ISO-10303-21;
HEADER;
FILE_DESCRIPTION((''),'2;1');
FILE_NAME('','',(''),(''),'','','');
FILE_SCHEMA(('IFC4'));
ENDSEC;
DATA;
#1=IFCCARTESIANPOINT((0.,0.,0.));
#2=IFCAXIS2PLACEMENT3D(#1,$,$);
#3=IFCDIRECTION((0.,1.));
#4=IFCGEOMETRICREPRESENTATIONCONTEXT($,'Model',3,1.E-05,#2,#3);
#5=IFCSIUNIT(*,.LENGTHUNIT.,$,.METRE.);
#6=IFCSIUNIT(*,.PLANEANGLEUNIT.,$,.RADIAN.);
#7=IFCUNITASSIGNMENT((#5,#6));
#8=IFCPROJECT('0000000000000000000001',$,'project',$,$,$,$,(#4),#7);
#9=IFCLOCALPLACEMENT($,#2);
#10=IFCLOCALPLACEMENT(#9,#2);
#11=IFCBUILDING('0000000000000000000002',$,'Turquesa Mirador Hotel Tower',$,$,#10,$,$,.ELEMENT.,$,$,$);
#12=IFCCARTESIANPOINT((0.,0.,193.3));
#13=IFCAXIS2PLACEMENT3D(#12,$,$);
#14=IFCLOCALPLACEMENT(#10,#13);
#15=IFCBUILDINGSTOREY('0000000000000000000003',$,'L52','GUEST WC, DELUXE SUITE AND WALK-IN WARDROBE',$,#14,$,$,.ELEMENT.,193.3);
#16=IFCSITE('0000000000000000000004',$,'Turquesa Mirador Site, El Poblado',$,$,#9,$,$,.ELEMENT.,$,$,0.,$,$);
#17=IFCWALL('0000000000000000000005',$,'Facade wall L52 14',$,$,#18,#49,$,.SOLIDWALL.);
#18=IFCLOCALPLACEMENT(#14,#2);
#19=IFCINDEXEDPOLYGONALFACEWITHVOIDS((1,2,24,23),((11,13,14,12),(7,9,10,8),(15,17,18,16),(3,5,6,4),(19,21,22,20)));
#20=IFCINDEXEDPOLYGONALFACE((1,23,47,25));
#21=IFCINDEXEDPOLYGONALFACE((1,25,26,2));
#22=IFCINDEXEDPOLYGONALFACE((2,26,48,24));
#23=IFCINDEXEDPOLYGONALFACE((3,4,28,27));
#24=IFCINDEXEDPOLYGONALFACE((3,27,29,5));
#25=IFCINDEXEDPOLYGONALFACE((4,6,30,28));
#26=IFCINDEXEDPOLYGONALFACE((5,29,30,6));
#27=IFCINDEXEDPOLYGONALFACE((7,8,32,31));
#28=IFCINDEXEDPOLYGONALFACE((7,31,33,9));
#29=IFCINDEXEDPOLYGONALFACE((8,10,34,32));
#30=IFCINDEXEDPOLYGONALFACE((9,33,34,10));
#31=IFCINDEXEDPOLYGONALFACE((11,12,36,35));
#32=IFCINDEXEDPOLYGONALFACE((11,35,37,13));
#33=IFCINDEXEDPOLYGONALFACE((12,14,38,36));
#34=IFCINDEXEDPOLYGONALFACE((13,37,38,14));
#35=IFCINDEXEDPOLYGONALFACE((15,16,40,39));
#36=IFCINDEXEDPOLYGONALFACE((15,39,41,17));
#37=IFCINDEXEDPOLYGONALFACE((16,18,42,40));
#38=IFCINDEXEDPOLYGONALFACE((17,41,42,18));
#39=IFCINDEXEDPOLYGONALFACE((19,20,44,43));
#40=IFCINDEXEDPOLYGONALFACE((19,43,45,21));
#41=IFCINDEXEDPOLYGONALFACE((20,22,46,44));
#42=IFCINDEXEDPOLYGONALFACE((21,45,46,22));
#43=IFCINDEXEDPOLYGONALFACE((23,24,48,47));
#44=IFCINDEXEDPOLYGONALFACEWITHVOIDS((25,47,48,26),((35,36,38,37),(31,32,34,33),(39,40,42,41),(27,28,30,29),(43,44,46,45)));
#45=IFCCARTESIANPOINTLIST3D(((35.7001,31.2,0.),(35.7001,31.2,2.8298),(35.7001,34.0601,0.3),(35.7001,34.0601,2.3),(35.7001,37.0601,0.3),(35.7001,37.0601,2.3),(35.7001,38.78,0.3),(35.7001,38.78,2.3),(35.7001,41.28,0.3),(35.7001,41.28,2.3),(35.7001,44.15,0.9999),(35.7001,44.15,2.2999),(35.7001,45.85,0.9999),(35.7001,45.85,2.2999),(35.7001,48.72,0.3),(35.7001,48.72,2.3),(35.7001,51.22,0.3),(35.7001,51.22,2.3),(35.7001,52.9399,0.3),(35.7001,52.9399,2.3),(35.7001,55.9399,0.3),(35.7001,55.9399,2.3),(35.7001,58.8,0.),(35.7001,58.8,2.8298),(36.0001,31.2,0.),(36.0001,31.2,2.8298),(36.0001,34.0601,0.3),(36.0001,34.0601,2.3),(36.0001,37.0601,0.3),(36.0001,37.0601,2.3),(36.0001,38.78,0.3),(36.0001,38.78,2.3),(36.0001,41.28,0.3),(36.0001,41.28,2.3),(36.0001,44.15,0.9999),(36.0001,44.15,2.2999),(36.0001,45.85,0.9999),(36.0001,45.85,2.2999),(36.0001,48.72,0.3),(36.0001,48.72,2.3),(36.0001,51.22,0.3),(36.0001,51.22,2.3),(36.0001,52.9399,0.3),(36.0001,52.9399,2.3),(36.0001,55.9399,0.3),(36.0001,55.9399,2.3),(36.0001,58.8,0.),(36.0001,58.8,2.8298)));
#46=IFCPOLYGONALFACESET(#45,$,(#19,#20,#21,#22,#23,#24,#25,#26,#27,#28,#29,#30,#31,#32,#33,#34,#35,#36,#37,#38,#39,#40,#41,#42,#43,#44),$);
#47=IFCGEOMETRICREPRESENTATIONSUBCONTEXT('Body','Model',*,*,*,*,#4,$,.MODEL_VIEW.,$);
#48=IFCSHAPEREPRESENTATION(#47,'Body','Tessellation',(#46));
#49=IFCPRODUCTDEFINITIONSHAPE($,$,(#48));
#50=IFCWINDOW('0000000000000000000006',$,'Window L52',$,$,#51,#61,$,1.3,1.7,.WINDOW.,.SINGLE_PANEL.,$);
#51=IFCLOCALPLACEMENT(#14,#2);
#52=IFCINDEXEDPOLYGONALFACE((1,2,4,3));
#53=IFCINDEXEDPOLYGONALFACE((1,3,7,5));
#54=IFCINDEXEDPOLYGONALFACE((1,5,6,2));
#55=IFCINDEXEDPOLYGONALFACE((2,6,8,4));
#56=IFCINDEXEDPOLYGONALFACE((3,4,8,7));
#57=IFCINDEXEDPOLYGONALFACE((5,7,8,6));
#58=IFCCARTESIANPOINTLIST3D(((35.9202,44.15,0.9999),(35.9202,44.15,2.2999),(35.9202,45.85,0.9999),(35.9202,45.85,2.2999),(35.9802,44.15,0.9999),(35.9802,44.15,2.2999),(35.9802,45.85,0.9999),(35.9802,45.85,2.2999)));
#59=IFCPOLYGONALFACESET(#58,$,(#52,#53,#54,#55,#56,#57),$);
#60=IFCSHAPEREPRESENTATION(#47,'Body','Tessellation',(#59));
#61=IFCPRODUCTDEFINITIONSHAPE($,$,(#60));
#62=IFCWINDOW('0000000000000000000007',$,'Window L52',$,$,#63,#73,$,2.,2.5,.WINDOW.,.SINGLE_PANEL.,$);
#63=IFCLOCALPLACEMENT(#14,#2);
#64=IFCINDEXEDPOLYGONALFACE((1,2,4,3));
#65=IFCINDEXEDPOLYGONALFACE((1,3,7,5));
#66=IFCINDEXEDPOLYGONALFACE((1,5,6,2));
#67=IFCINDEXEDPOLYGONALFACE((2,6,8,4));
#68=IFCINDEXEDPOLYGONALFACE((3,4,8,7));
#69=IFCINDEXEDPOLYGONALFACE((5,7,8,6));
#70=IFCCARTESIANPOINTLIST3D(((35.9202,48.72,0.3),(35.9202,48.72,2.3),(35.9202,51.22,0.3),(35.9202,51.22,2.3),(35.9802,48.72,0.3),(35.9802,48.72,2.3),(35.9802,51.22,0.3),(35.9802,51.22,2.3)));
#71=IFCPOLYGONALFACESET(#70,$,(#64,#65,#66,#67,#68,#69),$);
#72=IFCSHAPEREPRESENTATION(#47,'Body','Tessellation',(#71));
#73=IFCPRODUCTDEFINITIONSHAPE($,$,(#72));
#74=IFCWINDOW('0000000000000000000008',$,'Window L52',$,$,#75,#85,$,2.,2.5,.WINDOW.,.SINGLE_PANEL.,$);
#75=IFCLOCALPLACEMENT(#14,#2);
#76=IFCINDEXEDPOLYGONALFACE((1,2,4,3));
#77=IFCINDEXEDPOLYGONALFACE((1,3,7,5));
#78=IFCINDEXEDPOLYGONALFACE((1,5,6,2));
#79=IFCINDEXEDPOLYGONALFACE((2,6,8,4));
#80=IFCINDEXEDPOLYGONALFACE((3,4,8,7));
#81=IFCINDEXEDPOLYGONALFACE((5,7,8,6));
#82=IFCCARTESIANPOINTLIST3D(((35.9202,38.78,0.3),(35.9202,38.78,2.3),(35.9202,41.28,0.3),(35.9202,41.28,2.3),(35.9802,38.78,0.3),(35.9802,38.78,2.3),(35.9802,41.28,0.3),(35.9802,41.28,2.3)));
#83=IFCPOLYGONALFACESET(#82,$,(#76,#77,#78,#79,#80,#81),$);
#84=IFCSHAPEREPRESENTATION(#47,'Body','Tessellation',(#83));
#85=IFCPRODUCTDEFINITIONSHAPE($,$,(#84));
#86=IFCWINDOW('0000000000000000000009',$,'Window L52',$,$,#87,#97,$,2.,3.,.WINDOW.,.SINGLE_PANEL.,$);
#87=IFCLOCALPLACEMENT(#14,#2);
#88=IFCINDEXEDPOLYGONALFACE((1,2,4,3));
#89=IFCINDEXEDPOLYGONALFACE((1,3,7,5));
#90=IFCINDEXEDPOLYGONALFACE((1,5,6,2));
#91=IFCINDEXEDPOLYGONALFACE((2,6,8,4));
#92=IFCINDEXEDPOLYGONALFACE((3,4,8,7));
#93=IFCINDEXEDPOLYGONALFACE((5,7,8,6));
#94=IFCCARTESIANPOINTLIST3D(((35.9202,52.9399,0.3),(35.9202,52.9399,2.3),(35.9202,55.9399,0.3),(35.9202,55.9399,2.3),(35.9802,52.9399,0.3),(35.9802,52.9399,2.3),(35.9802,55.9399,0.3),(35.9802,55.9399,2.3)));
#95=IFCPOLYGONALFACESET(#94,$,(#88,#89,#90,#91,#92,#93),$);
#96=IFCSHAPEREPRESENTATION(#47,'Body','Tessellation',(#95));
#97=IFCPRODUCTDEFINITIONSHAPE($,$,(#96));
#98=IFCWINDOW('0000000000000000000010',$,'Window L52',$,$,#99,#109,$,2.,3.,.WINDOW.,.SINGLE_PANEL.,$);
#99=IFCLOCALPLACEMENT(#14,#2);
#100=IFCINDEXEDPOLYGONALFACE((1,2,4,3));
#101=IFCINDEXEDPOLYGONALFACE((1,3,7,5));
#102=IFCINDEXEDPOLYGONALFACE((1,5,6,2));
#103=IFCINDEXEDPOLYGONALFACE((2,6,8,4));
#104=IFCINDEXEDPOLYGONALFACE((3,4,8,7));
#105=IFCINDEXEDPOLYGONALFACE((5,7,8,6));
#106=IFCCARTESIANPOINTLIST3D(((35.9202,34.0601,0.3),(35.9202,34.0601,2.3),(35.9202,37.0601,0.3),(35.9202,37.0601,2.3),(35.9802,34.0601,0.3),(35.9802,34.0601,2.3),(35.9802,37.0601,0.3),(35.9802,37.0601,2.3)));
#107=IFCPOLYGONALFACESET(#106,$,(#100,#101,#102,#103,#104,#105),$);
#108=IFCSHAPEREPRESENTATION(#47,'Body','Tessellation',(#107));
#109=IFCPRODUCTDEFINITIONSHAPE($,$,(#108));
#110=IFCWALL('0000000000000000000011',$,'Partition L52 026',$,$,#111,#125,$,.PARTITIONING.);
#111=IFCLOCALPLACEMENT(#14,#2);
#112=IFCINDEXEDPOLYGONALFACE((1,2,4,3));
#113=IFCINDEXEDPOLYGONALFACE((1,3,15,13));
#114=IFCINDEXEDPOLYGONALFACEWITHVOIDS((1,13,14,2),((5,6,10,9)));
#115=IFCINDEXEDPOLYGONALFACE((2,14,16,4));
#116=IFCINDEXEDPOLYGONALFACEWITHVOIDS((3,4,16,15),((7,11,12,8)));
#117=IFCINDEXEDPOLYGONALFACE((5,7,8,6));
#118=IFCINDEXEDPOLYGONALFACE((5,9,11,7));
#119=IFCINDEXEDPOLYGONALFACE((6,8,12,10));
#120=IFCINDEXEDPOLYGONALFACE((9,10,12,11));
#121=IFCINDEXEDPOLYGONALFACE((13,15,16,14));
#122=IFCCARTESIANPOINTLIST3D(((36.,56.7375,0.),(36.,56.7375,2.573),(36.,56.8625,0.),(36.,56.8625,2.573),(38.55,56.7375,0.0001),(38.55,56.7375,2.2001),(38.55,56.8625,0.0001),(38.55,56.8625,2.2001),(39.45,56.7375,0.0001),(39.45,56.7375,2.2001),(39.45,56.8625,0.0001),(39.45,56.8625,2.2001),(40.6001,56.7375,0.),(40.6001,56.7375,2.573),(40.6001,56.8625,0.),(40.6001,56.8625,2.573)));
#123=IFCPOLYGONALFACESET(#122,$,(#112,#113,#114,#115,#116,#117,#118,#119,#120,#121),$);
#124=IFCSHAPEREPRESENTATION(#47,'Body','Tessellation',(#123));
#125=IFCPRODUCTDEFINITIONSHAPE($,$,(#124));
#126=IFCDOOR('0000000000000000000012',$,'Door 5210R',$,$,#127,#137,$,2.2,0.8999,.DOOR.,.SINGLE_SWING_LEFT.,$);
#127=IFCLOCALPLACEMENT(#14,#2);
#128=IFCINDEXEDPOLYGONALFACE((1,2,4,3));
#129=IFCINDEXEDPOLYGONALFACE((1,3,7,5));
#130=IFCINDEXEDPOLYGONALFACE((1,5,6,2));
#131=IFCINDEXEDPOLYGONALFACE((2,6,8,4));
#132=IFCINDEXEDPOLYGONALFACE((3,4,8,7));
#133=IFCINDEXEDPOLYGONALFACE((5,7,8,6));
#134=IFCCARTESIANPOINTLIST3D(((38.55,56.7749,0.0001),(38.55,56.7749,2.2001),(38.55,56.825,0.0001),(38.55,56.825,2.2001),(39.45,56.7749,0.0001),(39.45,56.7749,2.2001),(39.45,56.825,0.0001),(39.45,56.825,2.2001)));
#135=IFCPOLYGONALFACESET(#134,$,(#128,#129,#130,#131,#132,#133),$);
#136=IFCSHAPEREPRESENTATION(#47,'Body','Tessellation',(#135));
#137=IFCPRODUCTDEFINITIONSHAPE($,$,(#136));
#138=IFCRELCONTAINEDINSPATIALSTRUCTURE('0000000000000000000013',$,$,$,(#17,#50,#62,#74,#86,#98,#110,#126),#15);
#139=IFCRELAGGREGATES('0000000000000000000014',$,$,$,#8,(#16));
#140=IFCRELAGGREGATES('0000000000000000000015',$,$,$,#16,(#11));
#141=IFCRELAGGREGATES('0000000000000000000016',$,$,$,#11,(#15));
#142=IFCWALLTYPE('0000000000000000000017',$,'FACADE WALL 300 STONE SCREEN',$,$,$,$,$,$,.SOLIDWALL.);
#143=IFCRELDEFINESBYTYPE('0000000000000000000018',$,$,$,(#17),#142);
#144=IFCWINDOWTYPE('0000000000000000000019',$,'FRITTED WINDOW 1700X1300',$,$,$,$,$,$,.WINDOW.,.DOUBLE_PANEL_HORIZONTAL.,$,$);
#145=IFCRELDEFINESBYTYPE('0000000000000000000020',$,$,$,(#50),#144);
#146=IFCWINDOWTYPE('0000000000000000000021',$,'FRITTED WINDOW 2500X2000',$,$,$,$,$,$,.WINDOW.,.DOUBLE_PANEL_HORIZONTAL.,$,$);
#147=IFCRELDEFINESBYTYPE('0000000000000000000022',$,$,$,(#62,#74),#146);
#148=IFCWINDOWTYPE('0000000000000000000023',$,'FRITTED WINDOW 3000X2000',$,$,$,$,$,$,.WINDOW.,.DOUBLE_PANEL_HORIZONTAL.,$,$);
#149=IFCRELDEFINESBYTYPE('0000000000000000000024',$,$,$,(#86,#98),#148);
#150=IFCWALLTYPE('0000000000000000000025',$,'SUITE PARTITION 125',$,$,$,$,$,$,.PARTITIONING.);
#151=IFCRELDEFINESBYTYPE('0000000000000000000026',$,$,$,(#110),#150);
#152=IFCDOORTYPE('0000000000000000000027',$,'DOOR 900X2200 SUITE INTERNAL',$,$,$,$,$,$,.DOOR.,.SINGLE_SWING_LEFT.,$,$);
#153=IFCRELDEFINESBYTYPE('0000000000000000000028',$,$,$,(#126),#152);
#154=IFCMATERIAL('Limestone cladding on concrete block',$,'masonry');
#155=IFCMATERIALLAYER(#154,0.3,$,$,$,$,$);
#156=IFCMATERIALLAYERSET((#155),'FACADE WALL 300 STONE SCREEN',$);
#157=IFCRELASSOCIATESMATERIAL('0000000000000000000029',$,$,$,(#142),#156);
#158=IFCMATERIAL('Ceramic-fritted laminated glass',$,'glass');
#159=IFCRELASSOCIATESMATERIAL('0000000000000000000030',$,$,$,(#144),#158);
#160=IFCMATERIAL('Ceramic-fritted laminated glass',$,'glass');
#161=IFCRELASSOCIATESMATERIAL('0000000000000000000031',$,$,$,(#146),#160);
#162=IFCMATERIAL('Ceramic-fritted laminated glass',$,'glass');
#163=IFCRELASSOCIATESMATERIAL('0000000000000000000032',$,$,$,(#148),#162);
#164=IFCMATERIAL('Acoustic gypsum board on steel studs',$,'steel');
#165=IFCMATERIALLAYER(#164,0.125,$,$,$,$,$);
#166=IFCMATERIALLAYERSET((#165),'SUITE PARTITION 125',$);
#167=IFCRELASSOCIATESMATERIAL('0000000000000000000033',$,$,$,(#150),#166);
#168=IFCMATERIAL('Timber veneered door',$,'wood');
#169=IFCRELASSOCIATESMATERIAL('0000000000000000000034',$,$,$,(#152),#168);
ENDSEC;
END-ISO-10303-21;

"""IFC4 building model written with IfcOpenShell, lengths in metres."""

from ifc_helpers import new_model, si_unit, direction, frame, frame_2d, origin, place, context, subcontext, project, spatial, rectangle, extrude, material, layer, layer_set, type_object, element, fill, save


model = new_model("IFC4")

# Units and contexts
model_context = context("Model", 3, precision=1e-05, world=origin(), true_north=direction((0.0, 1.0)))
body_context = subcontext(model_context, "Body", "Model", "MODEL_VIEW")
ifc_project = project(units=[si_unit("LENGTHUNIT", "METRE"), si_unit("PLANEANGLEUNIT", "RADIAN")], contexts=[model_context])

# Site, building, storey
site_placement = place(None, origin())
site = spatial("IfcSite", under=ifc_project, at=site_placement, Name="Turquesa Mirador Site, El Poblado", CompositionType="ELEMENT", RefElevation=0.0)
building_placement = place(site_placement, origin())
building = spatial("IfcBuilding", under=site, at=building_placement, Name="Turquesa Mirador Hotel Tower", CompositionType="ELEMENT")
storey_placement = place(building_placement, frame((0.0, 0.0, 193.3)))
storey = spatial("IfcBuildingStorey", under=building, at=storey_placement, Name="L52", Description="GUEST WC, DELUXE SUITE AND WALK-IN WARDROBE", CompositionType="ELEMENT", Elevation=193.3)

# Shared definitions
ifc_material_1 = material(Name="Limestone cladding on concrete block", Category="masonry")
ifc_layer_1 = layer(ifc_material_1, 0.3)
ifc_layer_set_1 = layer_set([ifc_layer_1], Name="FACADE WALL 300 STONE SCREEN")
wall_type_1 = type_object("IfcWallType", Name="FACADE WALL 300 STONE SCREEN", PredefinedType="SOLIDWALL", material=ifc_layer_set_1)

# Wall, openings, windows
wall_1_placement = place(storey_placement, frame((35.8501, 58.8, 0.0), z_axis=(0.0, 0.0, 1.0), x_axis=(0.0, -1.0, 0.0)))
wall_1 = element("IfcWall", 1, at=wall_1_placement, inside=storey, type_object=wall_type_1, Name="Facade wall L52 14", PredefinedType="SOLIDWALL", context=body_context, shape_type="SweptSolid", body=[
    extrude(rectangle(XDim=27.6001, YDim=0.3, at=frame_2d((13.8, 0.0))), origin(), (0.0, 0.0, 1.0), 2.8298),
])
opening_1_placement = place(wall_1_placement, frame((2.8601, 0.0, 0.3)))
opening_1 = element("IfcOpeningElement", 2, at=opening_1_placement, cuts=wall_1, PredefinedType="OPENING", context=body_context, shape_type="SweptSolid", body=[
    extrude(rectangle(XDim=3.0, YDim=2.0, at=frame_2d((1.5, 1.0))), frame((0.0, 0.1599, 0.0), z_axis=(0.0, -1.0, 0.0), x_axis=(1.0, 0.0, 0.0)), (0.0, 0.0, 1.0), 0.3201),
])
opening_2_placement = place(wall_1_placement, frame((7.5801, 0.0, 0.3)))
opening_2 = element("IfcOpeningElement", 3, at=opening_2_placement, cuts=wall_1, PredefinedType="OPENING", context=body_context, shape_type="SweptSolid", body=[
    extrude(rectangle(XDim=2.5, YDim=2.0, at=frame_2d((1.25, 1.0))), frame((0.0, 0.1599, 0.0), z_axis=(0.0, -1.0, 0.0), x_axis=(1.0, 0.0, 0.0)), (0.0, 0.0, 1.0), 0.3201),
])
opening_3_placement = place(wall_1_placement, frame((12.95, 0.0, 1.0)))
opening_3 = element("IfcOpeningElement", 4, at=opening_3_placement, cuts=wall_1, PredefinedType="OPENING", context=body_context, shape_type="SweptSolid", body=[
    extrude(rectangle(XDim=1.7, YDim=1.3, at=frame_2d((0.8501, 0.6499))), frame((0.0, 0.1599, 0.0), z_axis=(0.0, -1.0, 0.0), x_axis=(1.0, 0.0, 0.0)), (0.0, 0.0, 1.0), 0.3201),
])
opening_4_placement = place(wall_1_placement, frame((17.52, 0.0, 0.3)))
opening_4 = element("IfcOpeningElement", 5, at=opening_4_placement, cuts=wall_1, PredefinedType="OPENING", context=body_context, shape_type="SweptSolid", body=[
    extrude(rectangle(XDim=2.5, YDim=2.0, at=frame_2d((1.25, 1.0))), frame((0.0, 0.1599, 0.0), z_axis=(0.0, -1.0, 0.0), x_axis=(1.0, 0.0, 0.0)), (0.0, 0.0, 1.0), 0.3201),
])
opening_5_placement = place(wall_1_placement, frame((21.74, 0.0, 0.3)))
opening_5 = element("IfcOpeningElement", 6, at=opening_5_placement, cuts=wall_1, PredefinedType="OPENING", context=body_context, shape_type="SweptSolid", body=[
    extrude(rectangle(XDim=3.0, YDim=2.0, at=frame_2d((1.5, 1.0))), frame((0.0, 0.1599, 0.0), z_axis=(0.0, -1.0, 0.0), x_axis=(1.0, 0.0, 0.0)), (0.0, 0.0, 1.0), 0.3201),
])
ifc_material_2 = material(Name="Ceramic-fritted laminated glass", Category="glass")
window_type_1 = type_object("IfcWindowType", Name="FRITTED WINDOW 1700X1300", PartitioningType="DOUBLE_PANEL_HORIZONTAL", PredefinedType="WINDOW", material=ifc_material_2)
window_1_placement = place(opening_3_placement, origin())
window_1 = element("IfcWindow", 7, at=window_1_placement, inside=storey, type_object=window_type_1, Name="Window L52", OverallHeight=1.3, OverallWidth=1.7, PartitioningType="SINGLE_PANEL", PredefinedType="WINDOW", context=body_context, shape_type="SweptSolid", body=[
    extrude(rectangle(XDim=1.7, YDim=1.3, at=frame_2d((0.8501, 0.6499))), frame((0.0, 0.1301, 0.0), z_axis=(0.0, -1.0, 0.0), x_axis=(1.0, 0.0, 0.0)), (0.0, 0.0, 1.0), 0.0601),
])
fill(opening_3, window_1)
ifc_material_3 = material(Name="Ceramic-fritted laminated glass", Category="glass")
window_type_2 = type_object("IfcWindowType", Name="FRITTED WINDOW 2500X2000", PartitioningType="DOUBLE_PANEL_HORIZONTAL", PredefinedType="WINDOW", material=ifc_material_3)
window_2_placement = place(opening_2_placement, origin())
window_2 = element("IfcWindow", 8, at=window_2_placement, inside=storey, type_object=window_type_2, Name="Window L52", OverallHeight=2.0, OverallWidth=2.5, PartitioningType="SINGLE_PANEL", PredefinedType="WINDOW", context=body_context, shape_type="SweptSolid", body=[
    extrude(rectangle(XDim=2.5, YDim=2.0, at=frame_2d((1.25, 1.0))), frame((0.0, 0.1301, 0.0), z_axis=(0.0, -1.0, 0.0), x_axis=(1.0, 0.0, 0.0)), (0.0, 0.0, 1.0), 0.0601),
])
fill(opening_2, window_2)
window_3_placement = place(opening_4_placement, origin())
window_3 = element("IfcWindow", 9, at=window_3_placement, inside=storey, type_object=window_type_2, Name="Window L52", OverallHeight=2.0, OverallWidth=2.5, PartitioningType="SINGLE_PANEL", PredefinedType="WINDOW", context=body_context, shape_type="SweptSolid", body=[
    extrude(rectangle(XDim=2.5, YDim=2.0, at=frame_2d((1.25, 1.0))), frame((0.0, 0.1301, 0.0), z_axis=(0.0, -1.0, 0.0), x_axis=(1.0, 0.0, 0.0)), (0.0, 0.0, 1.0), 0.0601),
])
fill(opening_4, window_3)
ifc_material_4 = material(Name="Ceramic-fritted laminated glass", Category="glass")
window_type_3 = type_object("IfcWindowType", Name="FRITTED WINDOW 3000X2000", PartitioningType="DOUBLE_PANEL_HORIZONTAL", PredefinedType="WINDOW", material=ifc_material_4)
window_4_placement = place(opening_1_placement, origin())
window_4 = element("IfcWindow", 10, at=window_4_placement, inside=storey, type_object=window_type_3, Name="Window L52", OverallHeight=2.0, OverallWidth=3.0, PartitioningType="SINGLE_PANEL", PredefinedType="WINDOW", context=body_context, shape_type="SweptSolid", body=[
    extrude(rectangle(XDim=3.0, YDim=2.0, at=frame_2d((1.5, 1.0))), frame((0.0, 0.1301, 0.0), z_axis=(0.0, -1.0, 0.0), x_axis=(1.0, 0.0, 0.0)), (0.0, 0.0, 1.0), 0.0601),
])
fill(opening_1, window_4)
window_5_placement = place(opening_5_placement, origin())
window_5 = element("IfcWindow", 11, at=window_5_placement, inside=storey, type_object=window_type_3, Name="Window L52", OverallHeight=2.0, OverallWidth=3.0, PartitioningType="SINGLE_PANEL", PredefinedType="WINDOW", context=body_context, shape_type="SweptSolid", body=[
    extrude(rectangle(XDim=3.0, YDim=2.0, at=frame_2d((1.5, 1.0))), frame((0.0, 0.1301, 0.0), z_axis=(0.0, -1.0, 0.0), x_axis=(1.0, 0.0, 0.0)), (0.0, 0.0, 1.0), 0.0601),
])
fill(opening_5, window_5)

# Wall, opening, door
ifc_material_5 = material(Name="Acoustic gypsum board on steel studs", Category="steel")
ifc_layer_2 = layer(ifc_material_5, 0.125)
ifc_layer_set_2 = layer_set([ifc_layer_2], Name="SUITE PARTITION 125")
wall_type_2 = type_object("IfcWallType", Name="SUITE PARTITION 125", PredefinedType="PARTITIONING", material=ifc_layer_set_2)
wall_2_placement = place(storey_placement, frame((36.0, 56.8, 0.0), z_axis=(0.0, 0.0, 1.0), x_axis=(1.0, 0.0, 0.0)))
wall_2 = element("IfcWall", 12, at=wall_2_placement, inside=storey, type_object=wall_type_2, Name="Partition L52 026", PredefinedType="PARTITIONING", context=body_context, shape_type="SweptSolid", body=[
    extrude(rectangle(XDim=4.6001, YDim=0.125, at=frame_2d((2.3, 0.0))), origin(), (0.0, 0.0, 1.0), 2.573),
])
opening_6_placement = place(wall_2_placement, frame((2.55, 0.0, 0.0)))
opening_6 = element("IfcOpeningElement", 13, at=opening_6_placement, cuts=wall_2, PredefinedType="OPENING", context=body_context, shape_type="SweptSolid", body=[
    extrude(rectangle(XDim=0.8999, YDim=2.2, at=frame_2d((0.45, 1.1001))), frame((0.0, 0.0725, 0.0), z_axis=(0.0, -1.0, 0.0), x_axis=(1.0, 0.0, 0.0)), (0.0, 0.0, 1.0), 0.145),
])
ifc_material_6 = material(Name="Timber veneered door", Category="wood")
door_type_1 = type_object("IfcDoorType", Name="DOOR 900X2200 SUITE INTERNAL", OperationType="SINGLE_SWING_LEFT", PredefinedType="DOOR", material=ifc_material_6)
door_1_placement = place(opening_6_placement, origin())
door_1 = element("IfcDoor", 14, at=door_1_placement, inside=storey, type_object=door_type_1, Name="Door 5210R", OperationType="SINGLE_SWING_LEFT", OverallHeight=2.2, OverallWidth=0.8999, PredefinedType="DOOR", context=body_context, shape_type="SweptSolid", body=[
    extrude(rectangle(XDim=0.8999, YDim=2.2, at=frame_2d((0.45, 1.1001))), frame((0.0, 0.0249, 0.0), z_axis=(0.0, -1.0, 0.0), x_axis=(1.0, 0.0, 0.0)), (0.0, 0.0, 1.0), 0.05),
])
fill(opening_6, door_1)

save(model, "model.ifc")
